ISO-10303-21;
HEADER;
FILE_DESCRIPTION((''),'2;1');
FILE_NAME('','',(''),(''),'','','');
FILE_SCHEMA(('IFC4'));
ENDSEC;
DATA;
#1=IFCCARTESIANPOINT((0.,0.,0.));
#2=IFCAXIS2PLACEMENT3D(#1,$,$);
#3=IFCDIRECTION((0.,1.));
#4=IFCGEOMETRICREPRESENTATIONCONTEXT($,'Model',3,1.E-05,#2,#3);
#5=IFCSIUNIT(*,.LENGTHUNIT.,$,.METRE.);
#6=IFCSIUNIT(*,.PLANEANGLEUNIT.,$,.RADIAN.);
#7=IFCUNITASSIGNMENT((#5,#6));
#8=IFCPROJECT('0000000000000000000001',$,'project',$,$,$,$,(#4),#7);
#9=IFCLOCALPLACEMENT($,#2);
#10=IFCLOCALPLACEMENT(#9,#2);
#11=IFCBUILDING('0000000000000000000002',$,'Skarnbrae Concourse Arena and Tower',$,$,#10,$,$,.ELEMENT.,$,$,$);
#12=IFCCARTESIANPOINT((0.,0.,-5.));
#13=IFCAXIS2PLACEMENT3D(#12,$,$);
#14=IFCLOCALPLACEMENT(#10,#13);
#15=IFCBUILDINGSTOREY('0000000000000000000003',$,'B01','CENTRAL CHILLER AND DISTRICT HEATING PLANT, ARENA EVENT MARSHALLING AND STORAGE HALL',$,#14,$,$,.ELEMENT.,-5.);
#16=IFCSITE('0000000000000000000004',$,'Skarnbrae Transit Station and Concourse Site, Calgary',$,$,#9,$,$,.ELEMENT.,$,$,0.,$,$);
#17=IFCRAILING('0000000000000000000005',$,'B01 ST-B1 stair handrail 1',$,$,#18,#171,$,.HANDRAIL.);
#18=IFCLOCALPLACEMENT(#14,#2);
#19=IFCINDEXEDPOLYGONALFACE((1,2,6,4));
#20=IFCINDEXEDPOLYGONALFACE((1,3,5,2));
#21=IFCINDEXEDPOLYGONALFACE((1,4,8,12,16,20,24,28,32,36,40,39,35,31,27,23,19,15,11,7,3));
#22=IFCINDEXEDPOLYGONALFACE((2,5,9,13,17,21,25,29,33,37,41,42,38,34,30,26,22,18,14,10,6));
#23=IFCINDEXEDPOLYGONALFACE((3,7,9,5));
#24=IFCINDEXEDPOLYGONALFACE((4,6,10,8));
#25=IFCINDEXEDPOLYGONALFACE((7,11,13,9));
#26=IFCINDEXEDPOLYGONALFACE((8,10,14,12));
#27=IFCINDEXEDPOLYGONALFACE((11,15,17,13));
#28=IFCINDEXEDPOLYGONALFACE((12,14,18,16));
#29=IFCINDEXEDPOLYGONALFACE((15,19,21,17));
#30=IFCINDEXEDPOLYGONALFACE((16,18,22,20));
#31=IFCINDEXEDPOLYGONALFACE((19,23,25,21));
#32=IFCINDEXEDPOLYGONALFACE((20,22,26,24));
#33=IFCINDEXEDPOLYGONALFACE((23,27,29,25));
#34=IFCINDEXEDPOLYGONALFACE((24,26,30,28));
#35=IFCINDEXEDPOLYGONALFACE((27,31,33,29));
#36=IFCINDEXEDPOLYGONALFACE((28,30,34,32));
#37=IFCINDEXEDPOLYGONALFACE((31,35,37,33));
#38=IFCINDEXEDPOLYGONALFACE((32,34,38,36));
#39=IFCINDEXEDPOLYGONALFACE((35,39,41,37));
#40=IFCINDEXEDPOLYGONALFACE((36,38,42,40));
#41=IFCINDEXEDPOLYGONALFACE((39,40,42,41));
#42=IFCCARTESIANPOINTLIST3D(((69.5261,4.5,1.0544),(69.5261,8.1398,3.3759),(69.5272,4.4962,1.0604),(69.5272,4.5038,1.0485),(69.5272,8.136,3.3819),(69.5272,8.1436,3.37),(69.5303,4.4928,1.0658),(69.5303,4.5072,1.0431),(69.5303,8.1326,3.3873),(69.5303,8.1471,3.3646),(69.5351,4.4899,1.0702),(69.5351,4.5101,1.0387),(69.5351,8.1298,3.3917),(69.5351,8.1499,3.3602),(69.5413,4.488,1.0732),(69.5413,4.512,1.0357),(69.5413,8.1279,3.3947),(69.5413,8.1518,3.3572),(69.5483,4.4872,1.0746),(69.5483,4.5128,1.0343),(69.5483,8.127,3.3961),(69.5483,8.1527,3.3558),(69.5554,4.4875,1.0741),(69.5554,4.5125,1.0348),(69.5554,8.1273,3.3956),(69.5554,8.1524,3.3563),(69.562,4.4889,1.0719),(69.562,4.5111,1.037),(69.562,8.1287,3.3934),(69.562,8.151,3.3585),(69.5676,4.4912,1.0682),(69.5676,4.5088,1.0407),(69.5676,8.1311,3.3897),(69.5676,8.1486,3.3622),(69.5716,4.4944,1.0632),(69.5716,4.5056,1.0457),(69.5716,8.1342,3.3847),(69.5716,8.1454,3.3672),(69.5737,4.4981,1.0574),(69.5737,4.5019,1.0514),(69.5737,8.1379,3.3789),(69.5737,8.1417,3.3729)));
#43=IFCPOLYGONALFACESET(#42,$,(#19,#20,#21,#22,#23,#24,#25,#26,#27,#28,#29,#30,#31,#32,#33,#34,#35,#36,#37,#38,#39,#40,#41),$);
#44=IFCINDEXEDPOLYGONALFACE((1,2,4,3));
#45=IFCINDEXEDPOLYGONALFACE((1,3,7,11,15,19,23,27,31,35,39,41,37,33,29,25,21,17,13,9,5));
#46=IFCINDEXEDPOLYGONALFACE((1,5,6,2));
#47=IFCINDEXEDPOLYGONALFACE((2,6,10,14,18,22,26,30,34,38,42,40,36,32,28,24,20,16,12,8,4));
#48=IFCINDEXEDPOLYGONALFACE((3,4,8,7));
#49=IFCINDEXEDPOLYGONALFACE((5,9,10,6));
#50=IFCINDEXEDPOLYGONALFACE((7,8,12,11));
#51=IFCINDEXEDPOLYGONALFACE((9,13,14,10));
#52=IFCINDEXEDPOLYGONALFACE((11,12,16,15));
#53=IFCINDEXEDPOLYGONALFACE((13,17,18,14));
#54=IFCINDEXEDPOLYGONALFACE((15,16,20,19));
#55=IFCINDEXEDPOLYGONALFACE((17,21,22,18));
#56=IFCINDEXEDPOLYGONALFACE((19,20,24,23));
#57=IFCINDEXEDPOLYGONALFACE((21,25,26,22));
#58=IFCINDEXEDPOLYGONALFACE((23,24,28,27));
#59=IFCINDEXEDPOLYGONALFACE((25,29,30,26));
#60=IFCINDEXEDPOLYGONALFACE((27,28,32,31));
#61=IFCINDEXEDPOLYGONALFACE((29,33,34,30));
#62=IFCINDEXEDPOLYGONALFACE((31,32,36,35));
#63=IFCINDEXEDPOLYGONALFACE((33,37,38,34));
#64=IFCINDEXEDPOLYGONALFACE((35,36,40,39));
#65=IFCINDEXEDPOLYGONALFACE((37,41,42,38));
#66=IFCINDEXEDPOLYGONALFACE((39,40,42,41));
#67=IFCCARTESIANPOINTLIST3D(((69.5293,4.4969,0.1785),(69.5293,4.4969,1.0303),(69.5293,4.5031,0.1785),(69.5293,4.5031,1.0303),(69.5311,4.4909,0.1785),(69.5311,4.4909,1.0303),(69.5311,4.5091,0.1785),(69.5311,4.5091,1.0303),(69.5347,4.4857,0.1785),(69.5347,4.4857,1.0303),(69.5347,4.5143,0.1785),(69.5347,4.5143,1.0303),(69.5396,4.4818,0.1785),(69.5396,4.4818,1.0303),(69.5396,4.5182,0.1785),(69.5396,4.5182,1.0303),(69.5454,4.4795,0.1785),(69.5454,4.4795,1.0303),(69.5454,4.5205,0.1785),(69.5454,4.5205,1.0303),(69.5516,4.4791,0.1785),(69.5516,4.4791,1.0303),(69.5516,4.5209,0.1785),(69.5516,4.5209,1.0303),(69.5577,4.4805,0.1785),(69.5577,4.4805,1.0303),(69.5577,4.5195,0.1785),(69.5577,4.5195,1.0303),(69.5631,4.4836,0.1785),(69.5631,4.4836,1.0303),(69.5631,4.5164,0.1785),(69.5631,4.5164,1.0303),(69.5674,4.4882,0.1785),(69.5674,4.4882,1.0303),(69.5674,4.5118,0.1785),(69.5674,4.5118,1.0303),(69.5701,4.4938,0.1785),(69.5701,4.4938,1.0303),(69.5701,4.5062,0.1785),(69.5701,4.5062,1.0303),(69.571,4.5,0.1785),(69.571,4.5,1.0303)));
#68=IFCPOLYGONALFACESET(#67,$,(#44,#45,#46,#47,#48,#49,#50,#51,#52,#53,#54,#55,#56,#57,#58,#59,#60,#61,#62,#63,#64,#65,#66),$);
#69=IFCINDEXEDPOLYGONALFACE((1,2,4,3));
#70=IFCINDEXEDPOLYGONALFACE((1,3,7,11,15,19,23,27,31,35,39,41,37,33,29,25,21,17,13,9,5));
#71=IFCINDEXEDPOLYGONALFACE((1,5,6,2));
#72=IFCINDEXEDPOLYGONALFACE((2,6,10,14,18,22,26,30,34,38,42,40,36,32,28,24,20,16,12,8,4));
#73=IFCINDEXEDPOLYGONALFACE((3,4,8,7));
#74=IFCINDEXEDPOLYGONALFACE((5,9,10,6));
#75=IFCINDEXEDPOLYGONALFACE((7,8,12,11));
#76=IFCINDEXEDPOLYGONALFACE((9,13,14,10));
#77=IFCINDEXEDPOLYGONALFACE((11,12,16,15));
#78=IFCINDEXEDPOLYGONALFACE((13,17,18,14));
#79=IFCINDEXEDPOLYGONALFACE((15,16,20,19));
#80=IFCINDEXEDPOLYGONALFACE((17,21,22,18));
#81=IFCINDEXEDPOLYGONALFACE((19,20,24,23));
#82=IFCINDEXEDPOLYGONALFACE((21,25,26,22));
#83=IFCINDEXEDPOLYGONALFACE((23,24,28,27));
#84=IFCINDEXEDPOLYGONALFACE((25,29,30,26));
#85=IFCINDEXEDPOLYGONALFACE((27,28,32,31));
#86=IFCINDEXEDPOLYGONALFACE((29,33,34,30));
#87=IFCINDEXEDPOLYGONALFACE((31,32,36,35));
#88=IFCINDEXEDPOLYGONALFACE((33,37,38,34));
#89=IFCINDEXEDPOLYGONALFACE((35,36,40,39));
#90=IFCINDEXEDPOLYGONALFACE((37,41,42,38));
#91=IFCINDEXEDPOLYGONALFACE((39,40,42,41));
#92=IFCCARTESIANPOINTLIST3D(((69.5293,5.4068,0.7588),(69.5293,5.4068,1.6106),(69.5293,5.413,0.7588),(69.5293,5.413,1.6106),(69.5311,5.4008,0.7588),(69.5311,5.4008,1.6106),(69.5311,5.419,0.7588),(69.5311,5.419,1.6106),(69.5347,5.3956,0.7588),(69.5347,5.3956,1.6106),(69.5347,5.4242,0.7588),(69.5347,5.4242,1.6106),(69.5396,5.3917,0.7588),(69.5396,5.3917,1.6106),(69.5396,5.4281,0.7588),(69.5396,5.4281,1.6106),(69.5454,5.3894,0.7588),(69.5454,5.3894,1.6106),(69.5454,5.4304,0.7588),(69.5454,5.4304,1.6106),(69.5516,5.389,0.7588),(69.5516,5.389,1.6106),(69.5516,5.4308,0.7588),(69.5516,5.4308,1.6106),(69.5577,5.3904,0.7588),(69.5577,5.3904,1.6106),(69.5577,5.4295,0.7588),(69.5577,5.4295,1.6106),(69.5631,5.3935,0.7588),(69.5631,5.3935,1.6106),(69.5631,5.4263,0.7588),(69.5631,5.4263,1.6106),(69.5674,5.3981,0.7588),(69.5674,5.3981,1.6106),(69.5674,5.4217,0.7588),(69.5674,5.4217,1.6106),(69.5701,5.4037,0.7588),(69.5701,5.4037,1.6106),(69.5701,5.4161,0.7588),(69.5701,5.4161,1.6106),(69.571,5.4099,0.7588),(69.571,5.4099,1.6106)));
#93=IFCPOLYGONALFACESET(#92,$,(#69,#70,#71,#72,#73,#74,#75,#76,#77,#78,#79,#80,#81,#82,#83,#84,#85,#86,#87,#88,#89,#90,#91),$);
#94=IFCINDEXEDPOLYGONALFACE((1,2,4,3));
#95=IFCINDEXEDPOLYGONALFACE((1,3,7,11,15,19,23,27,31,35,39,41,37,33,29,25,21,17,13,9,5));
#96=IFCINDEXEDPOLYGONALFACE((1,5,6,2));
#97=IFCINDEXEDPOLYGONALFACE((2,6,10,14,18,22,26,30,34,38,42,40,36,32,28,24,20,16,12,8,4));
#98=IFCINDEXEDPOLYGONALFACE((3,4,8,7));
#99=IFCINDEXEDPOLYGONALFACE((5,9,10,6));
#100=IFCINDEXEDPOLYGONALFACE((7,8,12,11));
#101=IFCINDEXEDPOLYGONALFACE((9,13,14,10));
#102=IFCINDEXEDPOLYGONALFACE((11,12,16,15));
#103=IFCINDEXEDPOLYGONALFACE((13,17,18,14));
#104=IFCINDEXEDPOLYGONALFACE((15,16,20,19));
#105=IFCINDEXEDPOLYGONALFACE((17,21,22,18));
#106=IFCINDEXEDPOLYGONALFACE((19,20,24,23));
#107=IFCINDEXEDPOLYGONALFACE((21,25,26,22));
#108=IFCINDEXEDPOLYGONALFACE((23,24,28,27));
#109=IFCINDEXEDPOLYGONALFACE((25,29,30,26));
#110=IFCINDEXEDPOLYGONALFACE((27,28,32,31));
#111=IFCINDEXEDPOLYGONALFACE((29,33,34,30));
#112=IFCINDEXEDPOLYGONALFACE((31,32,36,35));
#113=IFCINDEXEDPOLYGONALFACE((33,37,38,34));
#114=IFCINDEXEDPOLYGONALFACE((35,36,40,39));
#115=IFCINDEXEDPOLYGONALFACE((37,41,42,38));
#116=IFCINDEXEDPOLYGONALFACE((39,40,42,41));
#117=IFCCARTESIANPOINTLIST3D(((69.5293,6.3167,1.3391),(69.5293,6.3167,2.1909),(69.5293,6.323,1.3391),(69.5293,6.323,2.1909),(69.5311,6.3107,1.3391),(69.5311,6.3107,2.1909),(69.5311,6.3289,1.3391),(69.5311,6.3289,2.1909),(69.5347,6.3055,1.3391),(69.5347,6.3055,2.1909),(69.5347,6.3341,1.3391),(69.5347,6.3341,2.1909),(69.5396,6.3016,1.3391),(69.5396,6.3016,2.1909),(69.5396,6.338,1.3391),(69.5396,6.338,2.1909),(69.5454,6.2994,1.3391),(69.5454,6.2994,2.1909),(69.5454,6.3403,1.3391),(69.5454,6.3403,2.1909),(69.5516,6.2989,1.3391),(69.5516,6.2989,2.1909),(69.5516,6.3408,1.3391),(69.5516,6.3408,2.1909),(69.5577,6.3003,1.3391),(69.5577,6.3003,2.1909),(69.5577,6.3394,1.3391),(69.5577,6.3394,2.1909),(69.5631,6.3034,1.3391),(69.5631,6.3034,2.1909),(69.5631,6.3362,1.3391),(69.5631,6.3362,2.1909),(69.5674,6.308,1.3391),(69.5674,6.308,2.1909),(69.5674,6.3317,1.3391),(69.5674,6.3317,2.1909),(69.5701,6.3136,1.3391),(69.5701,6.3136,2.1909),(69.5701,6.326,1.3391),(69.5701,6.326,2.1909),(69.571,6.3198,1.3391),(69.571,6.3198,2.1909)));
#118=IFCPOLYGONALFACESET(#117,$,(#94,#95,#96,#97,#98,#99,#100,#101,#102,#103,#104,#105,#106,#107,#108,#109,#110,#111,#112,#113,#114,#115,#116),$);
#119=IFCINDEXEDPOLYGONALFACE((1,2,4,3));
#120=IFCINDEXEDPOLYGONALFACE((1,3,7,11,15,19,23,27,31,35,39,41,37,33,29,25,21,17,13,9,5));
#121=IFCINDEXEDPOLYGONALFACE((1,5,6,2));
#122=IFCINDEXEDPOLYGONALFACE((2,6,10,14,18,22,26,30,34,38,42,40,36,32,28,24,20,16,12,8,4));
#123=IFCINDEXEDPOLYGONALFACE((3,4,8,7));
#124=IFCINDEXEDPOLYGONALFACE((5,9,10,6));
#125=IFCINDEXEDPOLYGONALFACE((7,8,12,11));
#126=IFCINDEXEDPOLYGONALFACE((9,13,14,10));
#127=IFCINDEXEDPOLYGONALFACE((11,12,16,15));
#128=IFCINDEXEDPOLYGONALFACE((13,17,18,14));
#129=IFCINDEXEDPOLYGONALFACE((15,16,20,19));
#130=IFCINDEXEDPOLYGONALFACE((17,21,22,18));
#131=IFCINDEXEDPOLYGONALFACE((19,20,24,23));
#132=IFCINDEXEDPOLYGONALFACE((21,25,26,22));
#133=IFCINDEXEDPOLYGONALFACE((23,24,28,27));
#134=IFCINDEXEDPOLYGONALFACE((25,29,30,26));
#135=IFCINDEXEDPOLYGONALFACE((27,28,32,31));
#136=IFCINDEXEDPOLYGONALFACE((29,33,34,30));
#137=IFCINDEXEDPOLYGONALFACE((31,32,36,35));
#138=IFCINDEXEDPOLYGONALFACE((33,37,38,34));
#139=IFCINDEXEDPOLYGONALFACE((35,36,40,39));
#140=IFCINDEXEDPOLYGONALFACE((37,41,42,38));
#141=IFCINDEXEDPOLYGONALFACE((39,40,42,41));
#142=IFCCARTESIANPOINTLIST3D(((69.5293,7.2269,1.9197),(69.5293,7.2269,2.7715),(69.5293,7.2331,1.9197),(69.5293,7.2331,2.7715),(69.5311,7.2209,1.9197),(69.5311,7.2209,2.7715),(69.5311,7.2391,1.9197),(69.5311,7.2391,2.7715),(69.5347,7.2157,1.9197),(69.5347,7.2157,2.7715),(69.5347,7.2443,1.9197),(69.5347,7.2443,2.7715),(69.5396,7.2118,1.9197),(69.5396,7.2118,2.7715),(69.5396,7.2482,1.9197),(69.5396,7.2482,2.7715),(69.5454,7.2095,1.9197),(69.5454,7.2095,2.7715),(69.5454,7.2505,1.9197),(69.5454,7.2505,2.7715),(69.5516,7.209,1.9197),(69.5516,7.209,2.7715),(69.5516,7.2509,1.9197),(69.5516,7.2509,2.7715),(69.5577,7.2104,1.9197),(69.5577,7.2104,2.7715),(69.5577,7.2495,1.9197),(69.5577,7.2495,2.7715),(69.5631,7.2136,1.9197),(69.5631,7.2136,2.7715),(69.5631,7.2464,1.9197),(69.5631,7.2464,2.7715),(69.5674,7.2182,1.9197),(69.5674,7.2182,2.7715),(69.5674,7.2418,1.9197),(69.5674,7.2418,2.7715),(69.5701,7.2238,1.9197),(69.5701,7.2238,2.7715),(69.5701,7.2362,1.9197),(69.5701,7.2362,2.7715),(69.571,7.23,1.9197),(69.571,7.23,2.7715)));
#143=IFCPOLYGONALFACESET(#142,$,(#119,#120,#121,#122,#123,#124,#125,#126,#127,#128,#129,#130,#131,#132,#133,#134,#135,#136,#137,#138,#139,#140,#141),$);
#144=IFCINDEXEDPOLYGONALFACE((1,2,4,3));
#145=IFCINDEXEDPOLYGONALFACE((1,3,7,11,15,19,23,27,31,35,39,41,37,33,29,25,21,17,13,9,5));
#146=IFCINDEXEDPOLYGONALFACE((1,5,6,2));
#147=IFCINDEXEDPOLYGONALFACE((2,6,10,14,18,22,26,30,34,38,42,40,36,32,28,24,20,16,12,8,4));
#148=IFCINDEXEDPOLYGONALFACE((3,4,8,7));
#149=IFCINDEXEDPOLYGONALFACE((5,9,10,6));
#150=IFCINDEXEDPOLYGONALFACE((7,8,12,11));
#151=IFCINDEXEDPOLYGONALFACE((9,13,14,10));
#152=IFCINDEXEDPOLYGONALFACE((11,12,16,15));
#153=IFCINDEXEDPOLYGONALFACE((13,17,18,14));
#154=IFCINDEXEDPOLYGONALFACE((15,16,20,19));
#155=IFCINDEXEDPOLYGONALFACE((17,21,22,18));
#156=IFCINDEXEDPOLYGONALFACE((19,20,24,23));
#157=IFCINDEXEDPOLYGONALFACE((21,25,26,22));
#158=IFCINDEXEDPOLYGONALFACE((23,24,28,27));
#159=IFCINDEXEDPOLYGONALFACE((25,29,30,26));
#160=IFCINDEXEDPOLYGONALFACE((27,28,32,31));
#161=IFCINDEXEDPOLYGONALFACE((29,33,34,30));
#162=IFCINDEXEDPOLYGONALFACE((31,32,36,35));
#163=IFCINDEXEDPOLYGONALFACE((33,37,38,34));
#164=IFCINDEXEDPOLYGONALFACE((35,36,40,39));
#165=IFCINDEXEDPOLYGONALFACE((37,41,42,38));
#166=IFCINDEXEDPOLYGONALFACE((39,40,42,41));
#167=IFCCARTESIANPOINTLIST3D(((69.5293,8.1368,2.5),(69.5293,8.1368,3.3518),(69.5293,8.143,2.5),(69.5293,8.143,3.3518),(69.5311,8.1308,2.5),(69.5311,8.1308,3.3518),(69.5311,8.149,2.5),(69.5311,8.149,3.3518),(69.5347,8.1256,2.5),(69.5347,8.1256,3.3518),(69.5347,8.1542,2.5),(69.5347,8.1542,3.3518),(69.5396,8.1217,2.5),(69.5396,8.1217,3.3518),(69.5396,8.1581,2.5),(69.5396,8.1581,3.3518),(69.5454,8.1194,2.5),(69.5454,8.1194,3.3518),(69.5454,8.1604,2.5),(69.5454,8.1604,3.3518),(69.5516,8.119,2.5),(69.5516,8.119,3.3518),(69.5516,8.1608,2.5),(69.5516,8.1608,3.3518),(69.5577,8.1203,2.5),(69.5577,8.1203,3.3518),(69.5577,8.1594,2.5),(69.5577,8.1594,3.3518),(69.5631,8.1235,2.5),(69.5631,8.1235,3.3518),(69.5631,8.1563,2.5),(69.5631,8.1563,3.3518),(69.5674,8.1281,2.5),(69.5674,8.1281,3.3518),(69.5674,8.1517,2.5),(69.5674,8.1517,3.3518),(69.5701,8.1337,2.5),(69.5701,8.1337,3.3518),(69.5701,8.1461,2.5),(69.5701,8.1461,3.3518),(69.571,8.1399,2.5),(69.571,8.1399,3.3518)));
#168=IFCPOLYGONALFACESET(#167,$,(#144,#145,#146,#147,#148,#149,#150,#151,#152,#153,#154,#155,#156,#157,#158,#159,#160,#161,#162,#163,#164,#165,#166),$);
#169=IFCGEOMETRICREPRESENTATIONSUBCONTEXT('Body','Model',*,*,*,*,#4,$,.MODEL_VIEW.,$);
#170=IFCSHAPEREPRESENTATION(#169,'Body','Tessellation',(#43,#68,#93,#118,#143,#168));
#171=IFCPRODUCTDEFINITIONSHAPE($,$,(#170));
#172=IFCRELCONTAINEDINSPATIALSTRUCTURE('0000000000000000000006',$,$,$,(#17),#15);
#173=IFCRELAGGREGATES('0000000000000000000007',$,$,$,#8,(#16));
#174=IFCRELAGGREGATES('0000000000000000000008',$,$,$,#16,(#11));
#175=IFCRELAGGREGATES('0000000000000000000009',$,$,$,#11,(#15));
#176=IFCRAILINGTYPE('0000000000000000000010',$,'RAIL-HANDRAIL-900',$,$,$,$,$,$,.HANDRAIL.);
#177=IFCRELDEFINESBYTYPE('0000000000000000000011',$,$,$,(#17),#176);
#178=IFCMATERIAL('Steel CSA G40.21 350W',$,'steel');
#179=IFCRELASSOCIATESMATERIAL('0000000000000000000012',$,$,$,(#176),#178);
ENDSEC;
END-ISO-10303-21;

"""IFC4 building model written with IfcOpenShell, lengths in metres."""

from ifc_helpers import new_model, si_unit, direction, frame, origin, origin_2d, place, context, subcontext, project, spatial, circle, extrude, material, type_object, element, save


model = new_model("IFC4")

# Units and contexts
model_context = context("Model", 3, precision=1e-05, world=origin(), true_north=direction((0.0, 1.0)))
body_context = subcontext(model_context, "Body", "Model", "MODEL_VIEW")
ifc_project = project(units=[si_unit("LENGTHUNIT", "METRE"), si_unit("PLANEANGLEUNIT", "RADIAN")], contexts=[model_context])

# Site, building, storey
site_placement = place(None, origin())
site = spatial("IfcSite", under=ifc_project, at=site_placement, Name="Skarnbrae Transit Station and Concourse Site, Calgary", CompositionType="ELEMENT", RefElevation=0.0)
building_placement = place(site_placement, origin())
building = spatial("IfcBuilding", under=site, at=building_placement, Name="Skarnbrae Concourse Arena and Tower", CompositionType="ELEMENT")
storey_placement = place(building_placement, frame((0.0, 0.0, -5.0)))
storey = spatial("IfcBuildingStorey", under=building, at=storey_placement, Name="B01", Description="CENTRAL CHILLER AND DISTRICT HEATING PLANT, ARENA EVENT MARSHALLING AND STORAGE HALL", CompositionType="ELEMENT", Elevation=-5.0)

# Shared definitions
ifc_material_1 = material(Name="Steel CSA G40.21 350W", Category="steel")

# Railing
railing_type_1 = type_object("IfcRailingType", Name="RAIL-HANDRAIL-900", PredefinedType="HANDRAIL", material=ifc_material_1)
railing_1_placement = place(storey_placement, frame((69.55, 4.5, 0.1785)))
element("IfcRailing", 1, at=railing_1_placement, inside=storey, type_object=railing_type_1, Name="B01 ST-B1 stair handrail 1", PredefinedType="HANDRAIL", context=body_context, shape_type="SweptSolid", body=[
    extrude(circle(Radius=0.0239, at=origin_2d()), frame((0.0, 0.0, 0.876), z_axis=(0.0, 0.843112, 0.537739), x_axis=(-1.0, 0.0, 0.0)), (0.0, 0.0, 1.0), 4.3171),
    extrude(circle(Radius=0.021, at=origin_2d()), origin(), (0.0, 0.0, 1.0), 0.8518),
    extrude(circle(Radius=0.021, at=origin_2d()), frame((0.0, 0.9099, 0.5803)), (0.0, 0.0, 1.0), 0.8518),
    extrude(circle(Radius=0.021, at=origin_2d()), frame((0.0, 1.8198, 1.1606)), (0.0, 0.0, 1.0), 0.8518),
    extrude(circle(Radius=0.021, at=origin_2d()), frame((0.0, 2.73, 1.7412)), (0.0, 0.0, 1.0), 0.8518),
    extrude(circle(Radius=0.021, at=origin_2d()), frame((0.0, 3.6399, 2.3215)), (0.0, 0.0, 1.0), 0.8518),
])

save(model, "model.ifc")
